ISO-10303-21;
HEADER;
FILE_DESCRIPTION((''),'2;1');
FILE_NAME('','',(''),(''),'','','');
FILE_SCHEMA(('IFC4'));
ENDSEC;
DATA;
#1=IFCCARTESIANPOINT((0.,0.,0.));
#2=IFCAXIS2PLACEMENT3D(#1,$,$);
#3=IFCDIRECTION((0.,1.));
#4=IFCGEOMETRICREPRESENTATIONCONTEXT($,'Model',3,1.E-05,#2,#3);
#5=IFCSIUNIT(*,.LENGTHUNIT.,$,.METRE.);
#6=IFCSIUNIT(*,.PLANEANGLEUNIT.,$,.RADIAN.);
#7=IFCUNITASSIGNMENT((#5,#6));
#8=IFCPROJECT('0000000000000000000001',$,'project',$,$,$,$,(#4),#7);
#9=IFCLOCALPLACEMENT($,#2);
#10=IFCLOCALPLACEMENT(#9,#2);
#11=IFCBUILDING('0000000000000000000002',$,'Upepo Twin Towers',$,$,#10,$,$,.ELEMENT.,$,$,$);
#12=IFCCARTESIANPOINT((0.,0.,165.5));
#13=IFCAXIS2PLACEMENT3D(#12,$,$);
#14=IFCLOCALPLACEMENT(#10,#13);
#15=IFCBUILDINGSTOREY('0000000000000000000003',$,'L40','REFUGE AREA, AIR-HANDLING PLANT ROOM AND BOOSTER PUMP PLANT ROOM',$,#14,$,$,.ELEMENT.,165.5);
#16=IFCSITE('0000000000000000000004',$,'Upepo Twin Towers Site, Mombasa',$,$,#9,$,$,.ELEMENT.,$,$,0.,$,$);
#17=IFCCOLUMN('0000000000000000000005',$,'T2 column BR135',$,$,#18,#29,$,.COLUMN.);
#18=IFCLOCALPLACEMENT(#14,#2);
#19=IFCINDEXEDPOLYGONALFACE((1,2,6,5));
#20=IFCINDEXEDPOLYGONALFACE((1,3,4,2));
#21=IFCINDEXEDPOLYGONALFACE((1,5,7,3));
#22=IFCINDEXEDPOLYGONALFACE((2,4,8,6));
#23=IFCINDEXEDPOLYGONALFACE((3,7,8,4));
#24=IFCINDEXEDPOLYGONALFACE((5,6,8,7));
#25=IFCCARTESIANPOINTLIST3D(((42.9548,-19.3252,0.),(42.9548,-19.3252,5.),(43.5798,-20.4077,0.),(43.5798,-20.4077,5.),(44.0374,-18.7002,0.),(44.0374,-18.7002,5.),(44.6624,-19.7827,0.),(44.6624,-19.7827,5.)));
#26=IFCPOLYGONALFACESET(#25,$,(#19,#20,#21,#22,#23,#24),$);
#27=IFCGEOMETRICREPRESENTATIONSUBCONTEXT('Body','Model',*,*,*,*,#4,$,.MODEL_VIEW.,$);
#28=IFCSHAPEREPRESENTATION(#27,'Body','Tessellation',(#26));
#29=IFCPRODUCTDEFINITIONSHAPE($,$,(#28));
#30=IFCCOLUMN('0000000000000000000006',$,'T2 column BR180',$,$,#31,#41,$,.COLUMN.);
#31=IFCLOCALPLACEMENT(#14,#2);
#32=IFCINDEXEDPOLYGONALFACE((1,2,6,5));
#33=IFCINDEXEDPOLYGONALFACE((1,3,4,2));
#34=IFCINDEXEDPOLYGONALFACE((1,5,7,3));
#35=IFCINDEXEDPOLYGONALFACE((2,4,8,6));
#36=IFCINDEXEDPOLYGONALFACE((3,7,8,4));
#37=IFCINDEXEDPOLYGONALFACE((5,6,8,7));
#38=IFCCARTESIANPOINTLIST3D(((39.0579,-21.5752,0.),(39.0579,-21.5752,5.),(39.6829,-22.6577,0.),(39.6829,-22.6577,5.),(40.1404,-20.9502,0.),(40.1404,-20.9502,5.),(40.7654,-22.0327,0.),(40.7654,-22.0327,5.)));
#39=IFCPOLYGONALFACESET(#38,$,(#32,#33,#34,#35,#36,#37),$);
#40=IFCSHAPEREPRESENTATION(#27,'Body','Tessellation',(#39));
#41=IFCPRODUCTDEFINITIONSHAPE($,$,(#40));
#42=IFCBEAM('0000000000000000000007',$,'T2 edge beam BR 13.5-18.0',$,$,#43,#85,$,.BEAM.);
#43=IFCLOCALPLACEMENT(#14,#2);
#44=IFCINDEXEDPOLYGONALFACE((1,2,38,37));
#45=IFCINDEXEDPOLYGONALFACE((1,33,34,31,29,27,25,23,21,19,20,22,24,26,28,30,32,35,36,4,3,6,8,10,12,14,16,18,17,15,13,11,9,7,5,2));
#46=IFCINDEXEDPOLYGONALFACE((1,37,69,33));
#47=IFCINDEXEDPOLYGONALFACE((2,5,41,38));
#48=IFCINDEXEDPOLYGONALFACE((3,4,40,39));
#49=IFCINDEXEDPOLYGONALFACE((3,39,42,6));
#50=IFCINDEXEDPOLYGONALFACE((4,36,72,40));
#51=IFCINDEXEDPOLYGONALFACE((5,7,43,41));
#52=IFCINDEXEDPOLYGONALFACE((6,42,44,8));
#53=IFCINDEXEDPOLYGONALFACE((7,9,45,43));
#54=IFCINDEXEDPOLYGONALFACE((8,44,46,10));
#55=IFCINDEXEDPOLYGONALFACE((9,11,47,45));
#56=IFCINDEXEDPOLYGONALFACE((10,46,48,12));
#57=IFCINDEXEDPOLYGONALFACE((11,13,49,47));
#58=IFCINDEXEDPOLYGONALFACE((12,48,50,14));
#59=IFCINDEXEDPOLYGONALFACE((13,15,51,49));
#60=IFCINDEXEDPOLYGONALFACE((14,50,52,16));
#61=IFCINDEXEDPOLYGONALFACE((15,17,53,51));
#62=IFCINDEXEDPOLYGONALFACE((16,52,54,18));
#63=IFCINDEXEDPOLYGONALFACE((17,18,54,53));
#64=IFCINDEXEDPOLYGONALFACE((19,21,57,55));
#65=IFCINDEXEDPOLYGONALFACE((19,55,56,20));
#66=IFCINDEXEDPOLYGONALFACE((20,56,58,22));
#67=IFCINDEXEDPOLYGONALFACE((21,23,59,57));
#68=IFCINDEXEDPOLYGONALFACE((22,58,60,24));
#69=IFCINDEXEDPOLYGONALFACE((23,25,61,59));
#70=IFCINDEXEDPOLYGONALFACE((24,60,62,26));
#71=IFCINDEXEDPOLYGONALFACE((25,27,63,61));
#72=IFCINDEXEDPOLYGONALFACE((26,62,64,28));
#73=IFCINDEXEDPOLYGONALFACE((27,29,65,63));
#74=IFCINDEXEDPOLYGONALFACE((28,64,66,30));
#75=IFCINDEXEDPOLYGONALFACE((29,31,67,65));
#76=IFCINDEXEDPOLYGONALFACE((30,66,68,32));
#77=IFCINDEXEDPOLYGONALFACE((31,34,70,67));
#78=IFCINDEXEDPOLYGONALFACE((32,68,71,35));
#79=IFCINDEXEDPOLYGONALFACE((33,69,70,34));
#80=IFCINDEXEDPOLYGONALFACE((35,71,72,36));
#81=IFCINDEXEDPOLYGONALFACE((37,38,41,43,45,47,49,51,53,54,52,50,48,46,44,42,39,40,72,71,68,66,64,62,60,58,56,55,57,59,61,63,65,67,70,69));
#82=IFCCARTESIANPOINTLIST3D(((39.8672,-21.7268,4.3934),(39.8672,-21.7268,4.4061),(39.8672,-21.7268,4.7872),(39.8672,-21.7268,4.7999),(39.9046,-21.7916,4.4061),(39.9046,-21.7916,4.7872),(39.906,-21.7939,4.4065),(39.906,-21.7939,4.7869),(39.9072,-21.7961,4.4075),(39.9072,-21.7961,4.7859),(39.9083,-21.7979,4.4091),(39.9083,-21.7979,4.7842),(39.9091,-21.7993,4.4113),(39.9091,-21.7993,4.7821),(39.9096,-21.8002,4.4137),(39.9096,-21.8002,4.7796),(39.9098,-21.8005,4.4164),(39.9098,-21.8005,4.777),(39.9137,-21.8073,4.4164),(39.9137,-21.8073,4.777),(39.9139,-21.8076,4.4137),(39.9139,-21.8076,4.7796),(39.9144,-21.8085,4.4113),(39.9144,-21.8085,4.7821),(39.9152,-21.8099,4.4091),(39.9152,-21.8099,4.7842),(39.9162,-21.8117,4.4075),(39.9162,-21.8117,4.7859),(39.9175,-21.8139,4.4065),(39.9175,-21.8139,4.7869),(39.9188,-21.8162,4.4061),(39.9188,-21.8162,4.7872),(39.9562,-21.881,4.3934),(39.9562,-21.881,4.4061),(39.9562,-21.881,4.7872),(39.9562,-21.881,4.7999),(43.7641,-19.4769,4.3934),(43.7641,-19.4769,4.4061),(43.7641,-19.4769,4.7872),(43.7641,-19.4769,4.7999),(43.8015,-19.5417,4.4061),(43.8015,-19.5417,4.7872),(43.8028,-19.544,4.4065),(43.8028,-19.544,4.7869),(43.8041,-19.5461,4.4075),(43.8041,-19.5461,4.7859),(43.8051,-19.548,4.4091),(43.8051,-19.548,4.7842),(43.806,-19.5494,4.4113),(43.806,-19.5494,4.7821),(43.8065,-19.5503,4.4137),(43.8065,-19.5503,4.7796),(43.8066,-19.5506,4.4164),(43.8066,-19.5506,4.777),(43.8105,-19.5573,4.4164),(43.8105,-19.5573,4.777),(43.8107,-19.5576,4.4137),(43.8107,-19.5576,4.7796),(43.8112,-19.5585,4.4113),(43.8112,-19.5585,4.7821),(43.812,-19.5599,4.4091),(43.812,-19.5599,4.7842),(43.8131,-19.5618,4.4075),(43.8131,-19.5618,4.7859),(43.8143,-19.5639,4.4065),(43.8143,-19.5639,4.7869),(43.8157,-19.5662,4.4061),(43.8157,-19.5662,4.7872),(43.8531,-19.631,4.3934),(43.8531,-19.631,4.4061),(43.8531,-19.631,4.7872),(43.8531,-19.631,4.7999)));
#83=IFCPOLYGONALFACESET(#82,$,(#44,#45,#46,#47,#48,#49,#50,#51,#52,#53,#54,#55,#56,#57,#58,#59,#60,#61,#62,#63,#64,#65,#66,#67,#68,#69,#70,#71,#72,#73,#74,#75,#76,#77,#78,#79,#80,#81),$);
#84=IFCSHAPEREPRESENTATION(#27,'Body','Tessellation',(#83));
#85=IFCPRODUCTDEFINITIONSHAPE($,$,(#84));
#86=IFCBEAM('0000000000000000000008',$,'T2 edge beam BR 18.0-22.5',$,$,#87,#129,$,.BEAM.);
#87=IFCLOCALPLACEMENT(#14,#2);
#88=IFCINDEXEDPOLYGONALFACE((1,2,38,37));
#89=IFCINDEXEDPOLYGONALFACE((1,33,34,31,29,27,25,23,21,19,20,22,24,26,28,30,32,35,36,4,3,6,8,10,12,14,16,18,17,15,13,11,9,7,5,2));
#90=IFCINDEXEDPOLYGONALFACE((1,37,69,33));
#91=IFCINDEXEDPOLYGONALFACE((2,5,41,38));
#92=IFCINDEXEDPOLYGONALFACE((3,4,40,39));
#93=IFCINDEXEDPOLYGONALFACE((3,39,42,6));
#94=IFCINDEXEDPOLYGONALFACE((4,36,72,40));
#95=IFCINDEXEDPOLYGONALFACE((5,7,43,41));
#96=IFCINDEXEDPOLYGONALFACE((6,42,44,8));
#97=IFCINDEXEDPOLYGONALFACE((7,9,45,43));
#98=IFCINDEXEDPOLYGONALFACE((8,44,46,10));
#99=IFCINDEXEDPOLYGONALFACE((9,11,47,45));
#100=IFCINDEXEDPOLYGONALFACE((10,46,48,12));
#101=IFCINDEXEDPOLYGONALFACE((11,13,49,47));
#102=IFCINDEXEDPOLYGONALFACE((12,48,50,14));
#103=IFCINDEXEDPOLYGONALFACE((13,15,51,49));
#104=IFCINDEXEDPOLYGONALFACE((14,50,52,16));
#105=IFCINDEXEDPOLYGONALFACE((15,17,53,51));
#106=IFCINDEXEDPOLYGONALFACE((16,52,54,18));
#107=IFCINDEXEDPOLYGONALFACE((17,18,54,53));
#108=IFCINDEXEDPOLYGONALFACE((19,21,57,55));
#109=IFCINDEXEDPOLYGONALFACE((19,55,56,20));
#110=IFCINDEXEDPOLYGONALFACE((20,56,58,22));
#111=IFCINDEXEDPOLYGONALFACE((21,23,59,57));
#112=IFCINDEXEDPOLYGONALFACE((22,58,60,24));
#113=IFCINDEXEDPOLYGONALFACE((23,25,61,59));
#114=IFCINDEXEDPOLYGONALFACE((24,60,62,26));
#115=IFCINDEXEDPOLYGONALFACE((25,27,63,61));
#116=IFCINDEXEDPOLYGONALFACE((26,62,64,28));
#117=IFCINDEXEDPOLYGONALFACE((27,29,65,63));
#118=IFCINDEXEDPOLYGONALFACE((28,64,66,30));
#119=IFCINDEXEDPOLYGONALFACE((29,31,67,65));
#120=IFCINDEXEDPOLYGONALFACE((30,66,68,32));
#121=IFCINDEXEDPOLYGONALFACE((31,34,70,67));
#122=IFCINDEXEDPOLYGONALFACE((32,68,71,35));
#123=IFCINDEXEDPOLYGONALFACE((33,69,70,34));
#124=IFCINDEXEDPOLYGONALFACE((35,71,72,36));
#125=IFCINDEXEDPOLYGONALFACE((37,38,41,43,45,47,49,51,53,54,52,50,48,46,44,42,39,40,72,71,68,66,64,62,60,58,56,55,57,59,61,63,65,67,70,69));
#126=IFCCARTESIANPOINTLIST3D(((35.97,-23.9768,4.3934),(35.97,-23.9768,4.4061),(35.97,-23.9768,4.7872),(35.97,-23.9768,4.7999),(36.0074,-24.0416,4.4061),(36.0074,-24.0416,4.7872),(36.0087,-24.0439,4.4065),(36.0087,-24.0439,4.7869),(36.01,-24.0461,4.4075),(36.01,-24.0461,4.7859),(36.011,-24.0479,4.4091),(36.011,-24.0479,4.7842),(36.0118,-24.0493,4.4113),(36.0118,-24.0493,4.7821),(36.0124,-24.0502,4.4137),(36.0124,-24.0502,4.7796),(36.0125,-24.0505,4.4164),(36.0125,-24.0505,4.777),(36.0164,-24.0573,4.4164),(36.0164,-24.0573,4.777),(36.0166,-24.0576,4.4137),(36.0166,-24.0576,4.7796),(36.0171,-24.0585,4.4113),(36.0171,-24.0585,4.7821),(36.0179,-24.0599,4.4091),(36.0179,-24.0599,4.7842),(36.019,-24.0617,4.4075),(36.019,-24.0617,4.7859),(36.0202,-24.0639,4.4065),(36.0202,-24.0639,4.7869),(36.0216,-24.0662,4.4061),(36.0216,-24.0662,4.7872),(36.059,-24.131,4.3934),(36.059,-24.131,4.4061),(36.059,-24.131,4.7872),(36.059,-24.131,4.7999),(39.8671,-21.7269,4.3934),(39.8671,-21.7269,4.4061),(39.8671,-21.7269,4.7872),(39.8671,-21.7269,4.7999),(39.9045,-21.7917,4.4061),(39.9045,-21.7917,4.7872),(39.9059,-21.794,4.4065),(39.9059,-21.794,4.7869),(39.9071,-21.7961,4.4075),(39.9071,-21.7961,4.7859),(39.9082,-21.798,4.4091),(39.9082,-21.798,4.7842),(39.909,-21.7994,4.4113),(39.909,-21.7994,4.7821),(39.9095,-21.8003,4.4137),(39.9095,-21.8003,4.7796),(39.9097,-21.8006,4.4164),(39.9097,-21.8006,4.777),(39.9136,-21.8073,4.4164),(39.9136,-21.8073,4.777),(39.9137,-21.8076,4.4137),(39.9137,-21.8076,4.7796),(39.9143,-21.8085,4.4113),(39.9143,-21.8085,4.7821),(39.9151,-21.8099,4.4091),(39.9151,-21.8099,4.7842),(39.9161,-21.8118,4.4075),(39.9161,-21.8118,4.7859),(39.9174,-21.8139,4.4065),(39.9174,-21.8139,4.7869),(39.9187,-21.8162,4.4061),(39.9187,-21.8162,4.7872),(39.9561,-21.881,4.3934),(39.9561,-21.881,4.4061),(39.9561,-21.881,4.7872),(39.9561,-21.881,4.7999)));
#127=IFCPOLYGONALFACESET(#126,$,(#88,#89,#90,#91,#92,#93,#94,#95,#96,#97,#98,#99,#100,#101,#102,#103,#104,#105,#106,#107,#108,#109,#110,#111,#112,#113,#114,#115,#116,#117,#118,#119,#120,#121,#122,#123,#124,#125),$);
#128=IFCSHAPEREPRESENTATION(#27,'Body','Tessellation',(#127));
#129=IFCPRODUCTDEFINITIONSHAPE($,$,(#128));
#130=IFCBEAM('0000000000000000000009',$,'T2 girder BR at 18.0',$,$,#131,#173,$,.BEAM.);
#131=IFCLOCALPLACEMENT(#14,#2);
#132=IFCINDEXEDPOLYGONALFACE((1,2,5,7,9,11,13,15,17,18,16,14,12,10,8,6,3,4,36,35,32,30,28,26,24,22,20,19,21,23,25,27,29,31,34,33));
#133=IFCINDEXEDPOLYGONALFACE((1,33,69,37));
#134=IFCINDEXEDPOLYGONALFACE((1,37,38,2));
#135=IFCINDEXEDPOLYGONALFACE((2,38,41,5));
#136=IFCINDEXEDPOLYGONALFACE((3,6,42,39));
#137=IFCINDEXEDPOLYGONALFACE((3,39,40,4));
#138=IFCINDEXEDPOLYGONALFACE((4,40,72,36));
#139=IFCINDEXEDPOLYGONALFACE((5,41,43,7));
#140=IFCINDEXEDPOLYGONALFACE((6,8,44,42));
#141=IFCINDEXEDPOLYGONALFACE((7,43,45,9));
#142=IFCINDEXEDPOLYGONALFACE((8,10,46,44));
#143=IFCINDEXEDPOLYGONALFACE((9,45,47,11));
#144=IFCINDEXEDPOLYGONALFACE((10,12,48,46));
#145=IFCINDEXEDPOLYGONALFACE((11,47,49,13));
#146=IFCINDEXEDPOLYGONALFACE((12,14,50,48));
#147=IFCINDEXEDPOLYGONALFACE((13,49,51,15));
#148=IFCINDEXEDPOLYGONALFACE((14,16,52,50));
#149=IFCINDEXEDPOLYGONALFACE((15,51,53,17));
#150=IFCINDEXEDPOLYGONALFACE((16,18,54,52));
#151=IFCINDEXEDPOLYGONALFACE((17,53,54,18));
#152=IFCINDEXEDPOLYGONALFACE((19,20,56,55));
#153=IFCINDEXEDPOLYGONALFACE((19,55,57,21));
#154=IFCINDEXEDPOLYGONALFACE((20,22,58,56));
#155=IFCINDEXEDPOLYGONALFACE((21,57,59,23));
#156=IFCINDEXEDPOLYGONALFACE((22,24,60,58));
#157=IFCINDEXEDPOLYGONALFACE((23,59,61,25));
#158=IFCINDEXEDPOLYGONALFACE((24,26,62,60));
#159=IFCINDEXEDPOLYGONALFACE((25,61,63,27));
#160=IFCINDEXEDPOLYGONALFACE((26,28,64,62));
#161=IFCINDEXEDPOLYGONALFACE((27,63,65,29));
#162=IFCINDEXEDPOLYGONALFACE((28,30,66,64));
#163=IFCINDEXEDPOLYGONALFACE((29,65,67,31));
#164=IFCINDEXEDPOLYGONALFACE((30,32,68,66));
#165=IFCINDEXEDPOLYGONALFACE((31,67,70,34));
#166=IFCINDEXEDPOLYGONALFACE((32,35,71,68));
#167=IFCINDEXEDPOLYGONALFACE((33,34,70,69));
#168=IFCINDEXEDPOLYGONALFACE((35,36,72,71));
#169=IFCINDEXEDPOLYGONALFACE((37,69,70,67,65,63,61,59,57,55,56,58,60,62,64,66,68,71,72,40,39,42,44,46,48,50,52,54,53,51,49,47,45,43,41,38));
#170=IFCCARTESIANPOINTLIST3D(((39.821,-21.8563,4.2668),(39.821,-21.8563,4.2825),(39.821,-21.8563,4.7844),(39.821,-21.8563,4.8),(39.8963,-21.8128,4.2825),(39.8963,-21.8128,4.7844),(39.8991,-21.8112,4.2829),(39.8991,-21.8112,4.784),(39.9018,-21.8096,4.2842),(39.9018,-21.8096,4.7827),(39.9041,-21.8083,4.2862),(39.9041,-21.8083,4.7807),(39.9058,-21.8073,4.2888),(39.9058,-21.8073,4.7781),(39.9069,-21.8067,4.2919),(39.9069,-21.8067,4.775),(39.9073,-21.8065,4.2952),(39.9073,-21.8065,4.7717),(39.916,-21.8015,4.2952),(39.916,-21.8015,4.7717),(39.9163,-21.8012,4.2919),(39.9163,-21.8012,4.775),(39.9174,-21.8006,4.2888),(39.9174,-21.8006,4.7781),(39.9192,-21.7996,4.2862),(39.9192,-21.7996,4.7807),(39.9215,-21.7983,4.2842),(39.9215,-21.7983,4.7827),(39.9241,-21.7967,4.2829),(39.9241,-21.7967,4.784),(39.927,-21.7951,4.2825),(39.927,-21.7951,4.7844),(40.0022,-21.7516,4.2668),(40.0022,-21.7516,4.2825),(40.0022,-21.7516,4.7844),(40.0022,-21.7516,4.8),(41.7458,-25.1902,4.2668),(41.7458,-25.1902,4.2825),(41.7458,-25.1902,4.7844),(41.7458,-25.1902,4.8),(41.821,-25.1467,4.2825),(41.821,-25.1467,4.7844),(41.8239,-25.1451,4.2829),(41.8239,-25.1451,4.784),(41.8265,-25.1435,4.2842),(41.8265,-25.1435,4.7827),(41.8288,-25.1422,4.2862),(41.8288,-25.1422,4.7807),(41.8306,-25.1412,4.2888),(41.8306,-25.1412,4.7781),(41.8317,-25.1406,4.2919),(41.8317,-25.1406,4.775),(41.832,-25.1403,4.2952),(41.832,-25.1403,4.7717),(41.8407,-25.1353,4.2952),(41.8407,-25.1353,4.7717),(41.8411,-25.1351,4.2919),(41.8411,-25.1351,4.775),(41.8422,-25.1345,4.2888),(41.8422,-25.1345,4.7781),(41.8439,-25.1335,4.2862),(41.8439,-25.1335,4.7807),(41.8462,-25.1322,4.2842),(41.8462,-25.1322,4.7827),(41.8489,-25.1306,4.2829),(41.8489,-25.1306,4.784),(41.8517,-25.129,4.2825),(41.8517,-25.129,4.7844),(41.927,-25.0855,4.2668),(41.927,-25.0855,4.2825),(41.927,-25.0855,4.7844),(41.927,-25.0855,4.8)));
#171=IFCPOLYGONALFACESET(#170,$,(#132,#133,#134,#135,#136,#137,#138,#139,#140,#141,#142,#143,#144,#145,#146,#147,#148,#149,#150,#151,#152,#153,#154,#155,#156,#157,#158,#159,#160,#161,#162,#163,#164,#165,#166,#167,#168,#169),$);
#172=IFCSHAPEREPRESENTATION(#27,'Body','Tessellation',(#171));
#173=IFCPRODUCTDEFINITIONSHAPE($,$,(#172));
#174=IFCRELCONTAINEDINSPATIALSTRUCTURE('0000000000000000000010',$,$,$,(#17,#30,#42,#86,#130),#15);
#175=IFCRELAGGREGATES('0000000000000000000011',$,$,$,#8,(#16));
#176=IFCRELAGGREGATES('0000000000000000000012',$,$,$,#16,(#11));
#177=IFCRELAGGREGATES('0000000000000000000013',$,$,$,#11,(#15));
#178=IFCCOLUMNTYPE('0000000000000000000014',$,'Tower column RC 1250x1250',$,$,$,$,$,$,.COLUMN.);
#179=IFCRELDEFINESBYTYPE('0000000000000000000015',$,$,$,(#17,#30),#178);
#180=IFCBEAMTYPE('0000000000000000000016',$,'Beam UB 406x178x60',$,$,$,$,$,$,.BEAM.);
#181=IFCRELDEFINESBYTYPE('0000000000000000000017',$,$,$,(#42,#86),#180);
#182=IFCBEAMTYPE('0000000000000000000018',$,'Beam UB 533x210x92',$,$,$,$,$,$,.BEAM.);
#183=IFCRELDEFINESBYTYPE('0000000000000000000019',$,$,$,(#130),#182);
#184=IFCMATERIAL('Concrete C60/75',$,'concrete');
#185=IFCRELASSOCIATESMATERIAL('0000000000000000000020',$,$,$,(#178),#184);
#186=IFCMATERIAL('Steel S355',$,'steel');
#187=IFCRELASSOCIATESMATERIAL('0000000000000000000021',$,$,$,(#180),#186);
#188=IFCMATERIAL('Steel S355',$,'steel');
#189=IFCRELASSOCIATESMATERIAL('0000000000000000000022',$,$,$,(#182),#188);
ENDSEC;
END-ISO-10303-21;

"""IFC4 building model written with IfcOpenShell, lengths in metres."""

from ifc_helpers import new_model, si_unit, direction, frame, origin, origin_2d, place, context, subcontext, project, spatial, rectangle, i_section, extrude, material, material_profile, profile_set, type_object, element, save


model = new_model("IFC4")

# Units and contexts
model_context = context("Model", 3, precision=1e-05, world=origin(), true_north=direction((0.0, 1.0)))
body_context = subcontext(model_context, "Body", "Model", "MODEL_VIEW")
ifc_project = project(units=[si_unit("LENGTHUNIT", "METRE"), si_unit("PLANEANGLEUNIT", "RADIAN")], contexts=[model_context])

# Site, building, storey
site_placement = place(None, origin())
site = spatial("IfcSite", under=ifc_project, at=site_placement, Name="Upepo Twin Towers Site, Mombasa", CompositionType="ELEMENT", RefElevation=0.0)
building_placement = place(site_placement, origin())
building = spatial("IfcBuilding", under=site, at=building_placement, Name="Upepo Twin Towers", CompositionType="ELEMENT")
storey_placement = place(building_placement, frame((0.0, 0.0, 165.5)))
storey = spatial("IfcBuildingStorey", under=building, at=storey_placement, Name="L40", Description="REFUGE AREA, AIR-HANDLING PLANT ROOM AND BOOSTER PUMP PLANT ROOM", CompositionType="ELEMENT", Elevation=165.5)

# Columns
ifc_material_1 = material(Name="Concrete C60/75", Category="concrete")
ifc_material_profile_1 = material_profile(ifc_material_1, rectangle(XDim=1.25, YDim=1.25, at=origin_2d()), Name="RC 1250x1250")
ifc_profile_set_1 = profile_set([ifc_material_profile_1], Name="Concrete C60/75")
column_type = type_object("IfcColumnType", Name="Tower column RC 1250x1250", PredefinedType="COLUMN", material=ifc_profile_set_1)
for number, where, z_axis, x_axis, name in (
    (1, (43.8086, -19.554, 0.0), (0.0, 0.0, 1.0), (0.866025, 0.5, 0.0), "T2 column BR135"),
    (2, (39.9116, -21.804, 0.0), (0.0, 0.0, 1.0), (0.866025, 0.5, 0.0), "T2 column BR180"),
):
    element("IfcColumn", number, at=place(storey_placement, frame(where, z_axis=z_axis, x_axis=x_axis)), inside=storey, type_object=column_type, Name=name, PredefinedType="COLUMN", context=body_context, shape_type="SweptSolid", body=[
        extrude(rectangle(XDim=1.25, YDim=1.25, at=origin_2d()), origin(), (0.0, 0.0, 1.0), 5.0),
    ])

# Beams
ifc_material_2 = material(Name="Steel S355", Category="steel")
ifc_material_profile_2 = material_profile(ifc_material_2, i_section(OverallWidth=0.178, OverallDepth=0.4065, WebThickness=0.0078, FlangeThickness=0.0127, FilletRadius=0.0103, at=origin_2d()), Name="UB 406x178x60")
ifc_profile_set_2 = profile_set([ifc_material_profile_2], Name="Steel S355")
beam_type_1 = type_object("IfcBeamType", Name="Beam UB 406x178x60", PredefinedType="BEAM", material=ifc_profile_set_2)
beam_1_placement = place(storey_placement, frame((43.8086, -19.554, 4.5967), z_axis=(-0.866018, -0.500014, 0.0), x_axis=(0.500014, -0.866018, 0.0)))
element("IfcBeam", 3, at=beam_1_placement, inside=storey, type_object=beam_type_1, Name="T2 edge beam BR 13.5-18.0", PredefinedType="BEAM", context=body_context, shape_type="SweptSolid", body=[
    extrude(i_section(OverallWidth=0.178, OverallDepth=0.4065, WebThickness=0.0078, FlangeThickness=0.0127, FilletRadius=0.0103, at=origin_2d()), origin(), (0.0, 0.0, 1.0), 4.4998),
])
beam_2_placement = place(storey_placement, frame((39.9116, -21.804, 4.5967), z_axis=(-0.866031, -0.49999, 0.0), x_axis=(0.49999, -0.866031, 0.0)))
element("IfcBeam", 4, at=beam_2_placement, inside=storey, type_object=beam_type_1, Name="T2 edge beam BR 18.0-22.5", PredefinedType="BEAM", context=body_context, shape_type="SweptSolid", body=[
    extrude(i_section(OverallWidth=0.178, OverallDepth=0.4065, WebThickness=0.0078, FlangeThickness=0.0127, FilletRadius=0.0103, at=origin_2d()), origin(), (0.0, 0.0, 1.0), 4.5),
])
ifc_material_3 = material(Name="Steel S355", Category="steel")
ifc_material_profile_3 = material_profile(ifc_material_3, i_section(OverallWidth=0.2092, OverallDepth=0.5332, WebThickness=0.01, FlangeThickness=0.0156, FilletRadius=0.0127, at=origin_2d()), Name="UB 533x210x92")
ifc_profile_set_3 = profile_set([ifc_material_profile_3], Name="Steel S355")
beam_type_2 = type_object("IfcBeamType", Name="Beam UB 533x210x92", PredefinedType="BEAM", material=ifc_profile_set_3)
beam_3_placement = place(storey_placement, frame((39.9116, -21.804, 4.5334), z_axis=(0.499986, -0.866034, 0.0), x_axis=(0.866034, 0.499986, 0.0)))
element("IfcBeam", 5, at=beam_3_placement, inside=storey, type_object=beam_type_2, Name="T2 girder BR at 18.0", PredefinedType="BEAM", context=body_context, shape_type="SweptSolid", body=[
    extrude(i_section(OverallWidth=0.2092, OverallDepth=0.5332, WebThickness=0.01, FlangeThickness=0.0156, FilletRadius=0.0127, at=origin_2d()), origin(), (0.0, 0.0, 1.0), 3.8496),
])

save(model, "model.ifc")
